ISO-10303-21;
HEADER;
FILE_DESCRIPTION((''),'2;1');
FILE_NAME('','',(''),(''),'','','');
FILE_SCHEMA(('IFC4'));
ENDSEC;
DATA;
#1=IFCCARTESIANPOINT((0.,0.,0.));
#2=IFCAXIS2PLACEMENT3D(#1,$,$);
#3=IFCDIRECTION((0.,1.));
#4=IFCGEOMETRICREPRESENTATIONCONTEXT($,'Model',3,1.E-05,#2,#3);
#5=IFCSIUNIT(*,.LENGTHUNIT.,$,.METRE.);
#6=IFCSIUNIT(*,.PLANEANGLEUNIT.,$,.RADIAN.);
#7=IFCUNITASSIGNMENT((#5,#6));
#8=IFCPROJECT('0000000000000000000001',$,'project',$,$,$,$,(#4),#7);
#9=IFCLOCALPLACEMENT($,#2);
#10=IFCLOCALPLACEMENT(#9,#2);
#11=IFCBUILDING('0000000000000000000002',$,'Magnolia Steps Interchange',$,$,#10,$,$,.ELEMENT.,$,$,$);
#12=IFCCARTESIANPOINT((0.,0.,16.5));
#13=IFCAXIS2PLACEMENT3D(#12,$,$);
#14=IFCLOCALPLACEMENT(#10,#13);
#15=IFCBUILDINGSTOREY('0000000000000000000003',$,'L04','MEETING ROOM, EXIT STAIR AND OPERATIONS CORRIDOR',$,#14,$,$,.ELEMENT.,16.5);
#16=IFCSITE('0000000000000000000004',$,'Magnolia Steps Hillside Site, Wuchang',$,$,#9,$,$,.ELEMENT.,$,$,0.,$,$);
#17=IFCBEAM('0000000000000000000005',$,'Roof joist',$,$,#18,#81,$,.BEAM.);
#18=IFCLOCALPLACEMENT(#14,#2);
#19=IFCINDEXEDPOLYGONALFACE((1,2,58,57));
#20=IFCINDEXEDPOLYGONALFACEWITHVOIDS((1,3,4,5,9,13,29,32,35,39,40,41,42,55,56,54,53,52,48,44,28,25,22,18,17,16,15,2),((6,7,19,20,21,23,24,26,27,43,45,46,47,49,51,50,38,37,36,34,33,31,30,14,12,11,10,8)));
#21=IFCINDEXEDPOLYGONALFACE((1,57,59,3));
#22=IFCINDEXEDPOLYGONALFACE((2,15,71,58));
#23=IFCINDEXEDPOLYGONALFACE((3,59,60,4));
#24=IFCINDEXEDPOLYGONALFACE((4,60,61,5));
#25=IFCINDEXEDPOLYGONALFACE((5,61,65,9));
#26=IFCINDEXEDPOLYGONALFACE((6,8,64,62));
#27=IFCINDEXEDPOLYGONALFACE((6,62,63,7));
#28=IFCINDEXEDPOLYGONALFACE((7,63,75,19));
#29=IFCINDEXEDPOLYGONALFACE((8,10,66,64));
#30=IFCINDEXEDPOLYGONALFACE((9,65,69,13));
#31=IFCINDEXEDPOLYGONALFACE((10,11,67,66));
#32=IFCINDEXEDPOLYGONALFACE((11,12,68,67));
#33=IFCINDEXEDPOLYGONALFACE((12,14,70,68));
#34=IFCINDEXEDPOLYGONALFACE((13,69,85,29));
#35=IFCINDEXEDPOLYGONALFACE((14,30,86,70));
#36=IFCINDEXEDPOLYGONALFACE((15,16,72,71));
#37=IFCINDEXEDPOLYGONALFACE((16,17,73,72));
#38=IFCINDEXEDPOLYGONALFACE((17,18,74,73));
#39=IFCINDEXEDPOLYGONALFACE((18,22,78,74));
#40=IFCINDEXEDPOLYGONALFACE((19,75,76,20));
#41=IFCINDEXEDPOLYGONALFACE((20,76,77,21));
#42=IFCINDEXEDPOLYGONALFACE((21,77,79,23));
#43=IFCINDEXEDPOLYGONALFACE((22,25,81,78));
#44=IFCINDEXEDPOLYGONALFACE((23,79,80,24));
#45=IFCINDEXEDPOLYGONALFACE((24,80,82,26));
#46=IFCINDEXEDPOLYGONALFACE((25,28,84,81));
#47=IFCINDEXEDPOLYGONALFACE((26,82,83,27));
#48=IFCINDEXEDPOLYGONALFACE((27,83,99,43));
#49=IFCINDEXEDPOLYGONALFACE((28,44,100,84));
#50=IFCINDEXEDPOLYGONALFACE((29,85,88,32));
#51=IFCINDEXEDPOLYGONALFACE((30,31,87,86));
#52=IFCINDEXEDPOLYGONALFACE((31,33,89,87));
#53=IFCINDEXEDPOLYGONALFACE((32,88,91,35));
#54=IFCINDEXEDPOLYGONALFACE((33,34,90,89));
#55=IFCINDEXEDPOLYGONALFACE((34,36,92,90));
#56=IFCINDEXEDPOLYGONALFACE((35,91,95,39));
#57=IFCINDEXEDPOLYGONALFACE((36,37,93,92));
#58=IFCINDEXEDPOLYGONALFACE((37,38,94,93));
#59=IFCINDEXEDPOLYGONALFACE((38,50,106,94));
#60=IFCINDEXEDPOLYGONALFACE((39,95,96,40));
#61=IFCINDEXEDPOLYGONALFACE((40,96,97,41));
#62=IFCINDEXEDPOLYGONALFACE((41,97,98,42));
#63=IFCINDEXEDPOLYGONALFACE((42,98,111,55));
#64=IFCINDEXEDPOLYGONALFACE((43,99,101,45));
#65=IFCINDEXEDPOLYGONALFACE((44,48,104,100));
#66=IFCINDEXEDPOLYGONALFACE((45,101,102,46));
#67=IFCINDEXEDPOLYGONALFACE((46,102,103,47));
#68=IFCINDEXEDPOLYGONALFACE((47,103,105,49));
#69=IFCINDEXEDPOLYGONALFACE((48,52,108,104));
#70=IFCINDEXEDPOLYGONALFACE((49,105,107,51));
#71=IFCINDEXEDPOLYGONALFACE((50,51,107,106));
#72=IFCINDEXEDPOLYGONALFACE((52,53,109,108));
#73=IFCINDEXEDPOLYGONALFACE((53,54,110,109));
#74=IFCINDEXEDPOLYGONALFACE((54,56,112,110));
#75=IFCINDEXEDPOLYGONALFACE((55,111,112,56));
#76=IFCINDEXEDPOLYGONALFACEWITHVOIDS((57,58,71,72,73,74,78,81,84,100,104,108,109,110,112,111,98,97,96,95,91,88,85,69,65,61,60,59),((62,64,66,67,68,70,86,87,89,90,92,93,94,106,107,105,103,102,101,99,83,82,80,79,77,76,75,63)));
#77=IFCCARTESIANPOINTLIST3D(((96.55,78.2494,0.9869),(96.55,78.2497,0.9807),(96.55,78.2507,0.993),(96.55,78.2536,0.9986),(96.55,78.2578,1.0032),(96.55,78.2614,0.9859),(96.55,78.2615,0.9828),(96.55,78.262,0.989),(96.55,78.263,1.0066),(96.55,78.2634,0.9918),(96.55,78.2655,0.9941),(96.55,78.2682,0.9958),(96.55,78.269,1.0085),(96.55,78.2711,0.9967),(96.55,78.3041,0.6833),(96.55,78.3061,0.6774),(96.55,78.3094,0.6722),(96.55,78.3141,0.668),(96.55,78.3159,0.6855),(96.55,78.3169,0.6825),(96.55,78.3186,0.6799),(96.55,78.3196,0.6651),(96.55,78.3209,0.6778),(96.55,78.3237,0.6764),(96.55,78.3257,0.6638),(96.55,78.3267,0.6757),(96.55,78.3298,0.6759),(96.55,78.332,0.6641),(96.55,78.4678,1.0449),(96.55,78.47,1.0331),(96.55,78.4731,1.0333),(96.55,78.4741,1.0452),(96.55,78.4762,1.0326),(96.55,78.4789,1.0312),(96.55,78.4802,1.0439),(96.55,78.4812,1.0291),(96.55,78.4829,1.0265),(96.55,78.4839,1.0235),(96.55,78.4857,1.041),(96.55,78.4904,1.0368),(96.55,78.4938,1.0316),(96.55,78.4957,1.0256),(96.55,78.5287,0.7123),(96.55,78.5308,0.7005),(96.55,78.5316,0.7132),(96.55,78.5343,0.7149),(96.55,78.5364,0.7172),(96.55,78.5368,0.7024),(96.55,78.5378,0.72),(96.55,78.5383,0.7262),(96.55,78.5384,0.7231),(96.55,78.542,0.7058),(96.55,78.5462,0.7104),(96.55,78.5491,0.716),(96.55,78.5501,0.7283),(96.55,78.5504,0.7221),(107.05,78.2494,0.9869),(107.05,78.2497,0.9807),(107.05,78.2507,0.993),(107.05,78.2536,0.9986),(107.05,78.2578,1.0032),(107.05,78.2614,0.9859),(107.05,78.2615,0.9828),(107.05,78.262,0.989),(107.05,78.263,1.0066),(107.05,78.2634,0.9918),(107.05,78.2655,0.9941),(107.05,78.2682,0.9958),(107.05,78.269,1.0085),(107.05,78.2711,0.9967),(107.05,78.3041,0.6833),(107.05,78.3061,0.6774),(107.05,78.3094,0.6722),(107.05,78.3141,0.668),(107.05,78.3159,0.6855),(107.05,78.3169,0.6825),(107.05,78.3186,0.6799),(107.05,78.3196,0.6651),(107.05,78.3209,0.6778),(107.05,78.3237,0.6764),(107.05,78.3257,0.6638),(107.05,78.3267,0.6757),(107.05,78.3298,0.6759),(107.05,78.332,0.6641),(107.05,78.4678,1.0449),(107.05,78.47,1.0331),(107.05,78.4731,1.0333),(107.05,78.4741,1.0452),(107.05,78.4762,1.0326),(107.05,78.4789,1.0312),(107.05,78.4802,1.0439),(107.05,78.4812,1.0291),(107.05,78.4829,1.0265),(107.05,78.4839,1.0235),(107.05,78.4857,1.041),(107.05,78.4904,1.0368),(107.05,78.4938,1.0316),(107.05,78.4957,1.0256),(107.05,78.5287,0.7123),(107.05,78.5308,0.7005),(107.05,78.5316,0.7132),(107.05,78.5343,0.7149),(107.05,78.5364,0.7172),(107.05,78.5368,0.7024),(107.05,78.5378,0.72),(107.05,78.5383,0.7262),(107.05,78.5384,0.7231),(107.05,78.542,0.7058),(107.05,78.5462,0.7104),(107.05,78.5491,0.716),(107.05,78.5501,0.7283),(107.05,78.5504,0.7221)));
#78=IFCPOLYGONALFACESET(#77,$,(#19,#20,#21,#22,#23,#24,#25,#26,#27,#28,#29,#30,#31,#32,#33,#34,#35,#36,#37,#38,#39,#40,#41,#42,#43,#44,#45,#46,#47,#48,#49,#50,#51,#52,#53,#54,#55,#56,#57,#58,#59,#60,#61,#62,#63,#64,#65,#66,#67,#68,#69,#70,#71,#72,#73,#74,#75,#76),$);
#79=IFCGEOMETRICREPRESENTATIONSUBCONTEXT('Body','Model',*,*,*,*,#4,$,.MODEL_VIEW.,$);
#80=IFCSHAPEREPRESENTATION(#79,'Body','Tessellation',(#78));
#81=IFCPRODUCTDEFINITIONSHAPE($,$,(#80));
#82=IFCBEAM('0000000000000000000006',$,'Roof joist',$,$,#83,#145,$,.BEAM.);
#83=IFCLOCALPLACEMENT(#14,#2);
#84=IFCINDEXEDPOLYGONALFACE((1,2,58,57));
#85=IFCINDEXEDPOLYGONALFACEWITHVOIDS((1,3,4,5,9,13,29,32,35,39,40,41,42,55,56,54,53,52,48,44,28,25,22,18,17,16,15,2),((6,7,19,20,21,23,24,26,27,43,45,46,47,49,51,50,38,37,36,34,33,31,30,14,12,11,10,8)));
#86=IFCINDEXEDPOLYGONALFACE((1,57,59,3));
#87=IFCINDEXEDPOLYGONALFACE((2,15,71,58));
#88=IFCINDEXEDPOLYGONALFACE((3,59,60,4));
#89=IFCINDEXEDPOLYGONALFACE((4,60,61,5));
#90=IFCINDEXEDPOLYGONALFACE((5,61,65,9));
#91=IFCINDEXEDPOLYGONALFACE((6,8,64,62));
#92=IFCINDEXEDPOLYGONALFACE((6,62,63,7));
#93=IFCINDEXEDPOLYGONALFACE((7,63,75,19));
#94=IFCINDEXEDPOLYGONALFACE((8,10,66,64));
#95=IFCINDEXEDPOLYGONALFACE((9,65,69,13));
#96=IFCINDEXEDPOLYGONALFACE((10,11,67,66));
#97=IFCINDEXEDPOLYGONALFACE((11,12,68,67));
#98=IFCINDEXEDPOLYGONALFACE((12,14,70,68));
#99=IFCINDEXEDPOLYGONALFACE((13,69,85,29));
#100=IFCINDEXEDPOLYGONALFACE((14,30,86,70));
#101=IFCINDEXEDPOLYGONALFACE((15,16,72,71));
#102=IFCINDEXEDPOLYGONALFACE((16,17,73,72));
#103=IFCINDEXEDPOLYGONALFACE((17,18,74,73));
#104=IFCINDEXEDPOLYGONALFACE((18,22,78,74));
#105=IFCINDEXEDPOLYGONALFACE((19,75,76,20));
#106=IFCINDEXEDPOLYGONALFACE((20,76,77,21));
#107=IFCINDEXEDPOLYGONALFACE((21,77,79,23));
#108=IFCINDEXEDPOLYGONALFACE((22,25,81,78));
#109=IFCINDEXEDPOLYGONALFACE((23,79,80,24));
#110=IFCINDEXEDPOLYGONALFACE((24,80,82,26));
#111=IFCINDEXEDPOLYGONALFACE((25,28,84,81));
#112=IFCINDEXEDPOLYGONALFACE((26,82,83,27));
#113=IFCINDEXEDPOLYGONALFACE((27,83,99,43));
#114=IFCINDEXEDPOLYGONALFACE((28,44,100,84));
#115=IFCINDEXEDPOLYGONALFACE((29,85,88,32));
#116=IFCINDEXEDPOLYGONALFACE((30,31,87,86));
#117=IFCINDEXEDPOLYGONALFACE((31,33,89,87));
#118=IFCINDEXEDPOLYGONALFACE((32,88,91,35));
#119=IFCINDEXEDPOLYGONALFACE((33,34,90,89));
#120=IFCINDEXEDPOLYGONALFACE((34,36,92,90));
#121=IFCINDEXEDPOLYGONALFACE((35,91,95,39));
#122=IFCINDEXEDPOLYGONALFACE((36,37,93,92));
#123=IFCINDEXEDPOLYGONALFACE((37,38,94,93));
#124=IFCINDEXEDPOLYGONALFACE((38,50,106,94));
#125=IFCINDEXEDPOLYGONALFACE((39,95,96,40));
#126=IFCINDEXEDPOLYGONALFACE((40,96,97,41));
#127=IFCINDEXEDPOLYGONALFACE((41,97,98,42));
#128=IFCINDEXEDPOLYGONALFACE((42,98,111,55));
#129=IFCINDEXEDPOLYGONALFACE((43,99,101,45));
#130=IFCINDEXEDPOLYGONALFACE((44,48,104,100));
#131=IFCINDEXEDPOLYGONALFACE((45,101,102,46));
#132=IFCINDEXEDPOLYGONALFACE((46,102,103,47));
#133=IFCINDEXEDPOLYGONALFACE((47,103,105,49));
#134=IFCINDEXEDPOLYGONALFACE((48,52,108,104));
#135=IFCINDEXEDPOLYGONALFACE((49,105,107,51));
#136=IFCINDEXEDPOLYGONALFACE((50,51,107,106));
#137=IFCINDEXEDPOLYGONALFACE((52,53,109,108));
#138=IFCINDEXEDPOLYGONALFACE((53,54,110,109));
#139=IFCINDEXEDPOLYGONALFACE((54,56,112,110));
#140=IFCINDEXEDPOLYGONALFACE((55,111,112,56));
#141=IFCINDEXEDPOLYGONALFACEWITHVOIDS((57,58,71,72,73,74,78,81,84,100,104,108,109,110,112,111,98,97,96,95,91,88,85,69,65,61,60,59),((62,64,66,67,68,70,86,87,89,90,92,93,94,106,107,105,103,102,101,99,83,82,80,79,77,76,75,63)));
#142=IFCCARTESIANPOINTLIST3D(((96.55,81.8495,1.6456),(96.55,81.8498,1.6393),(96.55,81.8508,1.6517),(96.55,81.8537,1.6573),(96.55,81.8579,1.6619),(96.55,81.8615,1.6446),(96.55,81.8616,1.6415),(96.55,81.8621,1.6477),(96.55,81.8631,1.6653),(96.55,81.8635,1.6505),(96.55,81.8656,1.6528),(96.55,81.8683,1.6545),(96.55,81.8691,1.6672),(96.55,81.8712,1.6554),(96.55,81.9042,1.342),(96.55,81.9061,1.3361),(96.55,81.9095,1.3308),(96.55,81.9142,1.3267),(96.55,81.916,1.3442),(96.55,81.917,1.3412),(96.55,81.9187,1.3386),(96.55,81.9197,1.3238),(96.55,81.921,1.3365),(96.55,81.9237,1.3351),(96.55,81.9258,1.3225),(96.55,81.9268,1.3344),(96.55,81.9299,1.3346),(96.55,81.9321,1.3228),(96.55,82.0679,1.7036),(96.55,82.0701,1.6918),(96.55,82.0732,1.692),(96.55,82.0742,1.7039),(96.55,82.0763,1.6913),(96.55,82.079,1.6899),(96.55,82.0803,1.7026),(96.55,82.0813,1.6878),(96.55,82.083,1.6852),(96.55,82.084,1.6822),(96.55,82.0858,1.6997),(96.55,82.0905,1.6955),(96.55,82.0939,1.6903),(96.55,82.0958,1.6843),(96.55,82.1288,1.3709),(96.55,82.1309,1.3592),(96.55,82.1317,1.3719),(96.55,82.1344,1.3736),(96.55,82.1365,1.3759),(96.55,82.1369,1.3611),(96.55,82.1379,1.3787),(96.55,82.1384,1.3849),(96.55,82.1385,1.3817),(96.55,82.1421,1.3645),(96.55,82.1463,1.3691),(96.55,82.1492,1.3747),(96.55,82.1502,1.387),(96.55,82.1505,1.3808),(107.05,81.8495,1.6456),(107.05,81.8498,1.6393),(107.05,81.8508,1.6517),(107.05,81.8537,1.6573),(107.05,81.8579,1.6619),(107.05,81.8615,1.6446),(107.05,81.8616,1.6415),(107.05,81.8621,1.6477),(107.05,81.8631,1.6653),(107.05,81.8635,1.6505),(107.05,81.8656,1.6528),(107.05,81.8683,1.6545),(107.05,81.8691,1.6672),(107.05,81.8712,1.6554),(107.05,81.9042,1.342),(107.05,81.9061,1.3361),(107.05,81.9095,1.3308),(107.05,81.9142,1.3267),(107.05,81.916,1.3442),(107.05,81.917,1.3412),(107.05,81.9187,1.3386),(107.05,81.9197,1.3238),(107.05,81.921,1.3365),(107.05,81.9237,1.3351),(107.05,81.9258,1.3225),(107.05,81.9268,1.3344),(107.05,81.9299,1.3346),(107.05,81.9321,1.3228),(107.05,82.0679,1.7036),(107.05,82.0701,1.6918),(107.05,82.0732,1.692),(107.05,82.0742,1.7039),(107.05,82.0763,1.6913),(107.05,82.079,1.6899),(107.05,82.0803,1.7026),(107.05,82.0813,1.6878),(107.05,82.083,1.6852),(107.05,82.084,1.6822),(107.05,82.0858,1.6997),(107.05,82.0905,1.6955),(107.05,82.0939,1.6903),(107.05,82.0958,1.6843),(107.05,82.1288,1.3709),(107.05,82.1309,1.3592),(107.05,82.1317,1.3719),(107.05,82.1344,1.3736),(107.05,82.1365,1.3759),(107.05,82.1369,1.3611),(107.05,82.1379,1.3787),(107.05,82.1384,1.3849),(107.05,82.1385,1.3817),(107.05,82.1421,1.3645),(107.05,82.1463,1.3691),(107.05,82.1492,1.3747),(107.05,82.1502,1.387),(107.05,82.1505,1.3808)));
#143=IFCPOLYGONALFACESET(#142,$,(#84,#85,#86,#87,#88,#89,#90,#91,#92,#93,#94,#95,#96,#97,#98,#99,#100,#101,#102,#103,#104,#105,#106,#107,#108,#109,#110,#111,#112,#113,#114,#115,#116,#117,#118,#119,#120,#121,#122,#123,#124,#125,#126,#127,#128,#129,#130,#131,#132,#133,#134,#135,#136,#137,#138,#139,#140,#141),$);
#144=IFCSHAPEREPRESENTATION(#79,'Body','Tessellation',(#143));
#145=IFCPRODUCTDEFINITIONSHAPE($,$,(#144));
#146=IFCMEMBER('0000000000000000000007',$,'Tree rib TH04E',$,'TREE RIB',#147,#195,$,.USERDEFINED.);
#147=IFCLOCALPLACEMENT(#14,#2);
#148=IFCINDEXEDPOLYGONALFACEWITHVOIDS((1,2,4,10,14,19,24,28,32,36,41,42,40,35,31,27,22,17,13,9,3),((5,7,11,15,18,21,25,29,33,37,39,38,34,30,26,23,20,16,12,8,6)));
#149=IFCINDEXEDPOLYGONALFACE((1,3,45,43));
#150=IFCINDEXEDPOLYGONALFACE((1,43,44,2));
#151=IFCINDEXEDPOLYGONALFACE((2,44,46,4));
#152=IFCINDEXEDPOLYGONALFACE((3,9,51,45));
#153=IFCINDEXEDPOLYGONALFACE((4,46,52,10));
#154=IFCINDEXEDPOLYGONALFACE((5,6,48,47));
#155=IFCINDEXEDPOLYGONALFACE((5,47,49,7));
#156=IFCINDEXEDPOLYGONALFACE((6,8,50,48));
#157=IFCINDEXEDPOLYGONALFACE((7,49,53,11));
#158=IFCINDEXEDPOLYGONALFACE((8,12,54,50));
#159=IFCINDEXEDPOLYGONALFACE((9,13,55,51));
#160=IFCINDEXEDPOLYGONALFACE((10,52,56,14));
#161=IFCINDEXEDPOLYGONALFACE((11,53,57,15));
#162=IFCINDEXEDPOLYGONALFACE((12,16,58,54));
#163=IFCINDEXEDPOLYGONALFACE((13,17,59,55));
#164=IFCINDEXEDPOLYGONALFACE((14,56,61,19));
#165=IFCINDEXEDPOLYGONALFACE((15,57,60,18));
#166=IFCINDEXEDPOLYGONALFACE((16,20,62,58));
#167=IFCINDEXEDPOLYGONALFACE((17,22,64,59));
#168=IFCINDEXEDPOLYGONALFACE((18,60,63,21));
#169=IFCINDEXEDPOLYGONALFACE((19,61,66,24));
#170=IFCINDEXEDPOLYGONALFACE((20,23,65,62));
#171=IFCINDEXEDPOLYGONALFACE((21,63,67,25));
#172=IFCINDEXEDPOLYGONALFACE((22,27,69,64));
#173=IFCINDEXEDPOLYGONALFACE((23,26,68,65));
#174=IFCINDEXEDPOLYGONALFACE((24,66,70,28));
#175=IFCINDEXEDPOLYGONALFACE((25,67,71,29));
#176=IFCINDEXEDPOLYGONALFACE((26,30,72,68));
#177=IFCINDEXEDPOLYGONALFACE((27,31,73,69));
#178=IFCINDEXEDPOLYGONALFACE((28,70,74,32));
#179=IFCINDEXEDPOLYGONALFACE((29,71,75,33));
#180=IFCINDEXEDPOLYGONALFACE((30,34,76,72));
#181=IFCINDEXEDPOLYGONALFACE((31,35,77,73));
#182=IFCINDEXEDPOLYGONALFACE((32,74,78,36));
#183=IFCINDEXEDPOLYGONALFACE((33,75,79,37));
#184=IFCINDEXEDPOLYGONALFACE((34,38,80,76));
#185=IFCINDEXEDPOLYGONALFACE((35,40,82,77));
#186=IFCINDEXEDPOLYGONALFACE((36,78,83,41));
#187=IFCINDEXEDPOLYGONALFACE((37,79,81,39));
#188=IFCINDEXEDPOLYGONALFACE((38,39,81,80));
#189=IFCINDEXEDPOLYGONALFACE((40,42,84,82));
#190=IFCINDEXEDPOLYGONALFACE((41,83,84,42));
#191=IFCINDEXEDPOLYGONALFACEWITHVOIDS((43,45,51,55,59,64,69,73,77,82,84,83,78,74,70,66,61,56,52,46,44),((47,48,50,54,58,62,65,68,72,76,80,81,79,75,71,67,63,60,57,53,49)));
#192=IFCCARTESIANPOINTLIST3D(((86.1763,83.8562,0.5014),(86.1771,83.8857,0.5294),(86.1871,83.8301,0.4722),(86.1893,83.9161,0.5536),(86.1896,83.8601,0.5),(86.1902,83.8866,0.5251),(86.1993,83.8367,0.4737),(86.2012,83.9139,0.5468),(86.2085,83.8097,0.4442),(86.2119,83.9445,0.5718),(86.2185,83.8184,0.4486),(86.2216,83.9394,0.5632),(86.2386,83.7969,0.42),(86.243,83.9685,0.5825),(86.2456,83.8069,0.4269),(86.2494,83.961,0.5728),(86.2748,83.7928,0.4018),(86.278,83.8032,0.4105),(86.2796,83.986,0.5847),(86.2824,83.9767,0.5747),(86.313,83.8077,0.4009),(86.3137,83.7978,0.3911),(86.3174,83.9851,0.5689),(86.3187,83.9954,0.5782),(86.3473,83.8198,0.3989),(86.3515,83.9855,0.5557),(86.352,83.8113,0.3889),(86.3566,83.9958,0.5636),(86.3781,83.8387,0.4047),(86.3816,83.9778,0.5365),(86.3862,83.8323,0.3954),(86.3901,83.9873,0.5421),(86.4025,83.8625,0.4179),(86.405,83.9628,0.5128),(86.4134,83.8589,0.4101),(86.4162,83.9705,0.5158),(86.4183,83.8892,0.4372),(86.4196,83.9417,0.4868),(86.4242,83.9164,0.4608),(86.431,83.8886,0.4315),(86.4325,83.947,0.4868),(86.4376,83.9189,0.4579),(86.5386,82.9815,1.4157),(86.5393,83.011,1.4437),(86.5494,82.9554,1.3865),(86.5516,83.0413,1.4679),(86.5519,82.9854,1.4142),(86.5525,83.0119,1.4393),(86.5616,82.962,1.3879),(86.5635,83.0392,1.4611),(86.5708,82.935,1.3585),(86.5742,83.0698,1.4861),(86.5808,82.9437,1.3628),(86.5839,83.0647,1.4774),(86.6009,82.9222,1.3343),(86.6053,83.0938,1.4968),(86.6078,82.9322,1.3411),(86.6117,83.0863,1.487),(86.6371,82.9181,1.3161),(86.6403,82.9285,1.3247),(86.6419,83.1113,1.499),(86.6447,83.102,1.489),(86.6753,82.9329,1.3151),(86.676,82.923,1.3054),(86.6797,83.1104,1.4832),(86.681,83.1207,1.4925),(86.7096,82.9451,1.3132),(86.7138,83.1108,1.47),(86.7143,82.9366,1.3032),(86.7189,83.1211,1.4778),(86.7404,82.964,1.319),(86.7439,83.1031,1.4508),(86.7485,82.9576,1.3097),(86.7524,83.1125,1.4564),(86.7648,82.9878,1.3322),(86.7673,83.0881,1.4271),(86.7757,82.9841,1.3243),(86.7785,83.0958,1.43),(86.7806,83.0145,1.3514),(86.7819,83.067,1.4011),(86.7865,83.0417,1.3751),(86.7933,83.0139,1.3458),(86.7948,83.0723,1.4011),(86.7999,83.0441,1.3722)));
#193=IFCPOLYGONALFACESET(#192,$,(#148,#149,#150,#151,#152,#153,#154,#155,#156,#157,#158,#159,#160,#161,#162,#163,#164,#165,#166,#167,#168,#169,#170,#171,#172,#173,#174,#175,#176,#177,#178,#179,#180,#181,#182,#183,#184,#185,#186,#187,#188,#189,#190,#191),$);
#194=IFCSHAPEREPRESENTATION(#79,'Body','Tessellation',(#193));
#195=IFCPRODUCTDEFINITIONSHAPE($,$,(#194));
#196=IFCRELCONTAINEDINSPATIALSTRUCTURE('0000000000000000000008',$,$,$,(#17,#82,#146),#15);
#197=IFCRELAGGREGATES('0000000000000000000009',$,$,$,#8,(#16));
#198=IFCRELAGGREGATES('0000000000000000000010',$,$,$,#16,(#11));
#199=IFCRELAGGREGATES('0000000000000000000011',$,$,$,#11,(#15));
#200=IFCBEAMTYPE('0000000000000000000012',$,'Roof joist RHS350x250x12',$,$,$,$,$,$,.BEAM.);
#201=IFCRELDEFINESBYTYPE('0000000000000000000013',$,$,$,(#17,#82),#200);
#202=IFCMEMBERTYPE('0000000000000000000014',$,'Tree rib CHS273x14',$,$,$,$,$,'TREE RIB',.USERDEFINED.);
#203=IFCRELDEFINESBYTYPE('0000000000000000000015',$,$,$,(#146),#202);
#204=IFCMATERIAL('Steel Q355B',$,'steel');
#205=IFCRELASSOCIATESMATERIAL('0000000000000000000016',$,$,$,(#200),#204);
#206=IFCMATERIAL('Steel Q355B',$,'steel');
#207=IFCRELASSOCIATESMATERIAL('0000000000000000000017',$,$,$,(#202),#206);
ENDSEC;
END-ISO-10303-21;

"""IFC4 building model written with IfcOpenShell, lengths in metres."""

from ifc_helpers import new_model, si_unit, direction, frame, origin, origin_2d, place, context, subcontext, project, spatial, hollow_rectangle, hollow_circle, extrude, material, material_profile, profile_set, type_object, element, save


model = new_model("IFC4")

# Units and contexts
model_context = context("Model", 3, precision=1e-05, world=origin(), true_north=direction((0.0, 1.0)))
body_context = subcontext(model_context, "Body", "Model", "MODEL_VIEW")
ifc_project = project(units=[si_unit("LENGTHUNIT", "METRE"), si_unit("PLANEANGLEUNIT", "RADIAN")], contexts=[model_context])

# Site, building, storey
site_placement = place(None, origin())
site = spatial("IfcSite", under=ifc_project, at=site_placement, Name="Magnolia Steps Hillside Site, Wuchang", CompositionType="ELEMENT", RefElevation=0.0)
building_placement = place(site_placement, origin())
building = spatial("IfcBuilding", under=site, at=building_placement, Name="Magnolia Steps Interchange", CompositionType="ELEMENT")
storey_placement = place(building_placement, frame((0.0, 0.0, 16.5)))
storey = spatial("IfcBuildingStorey", under=building, at=storey_placement, Name="L04", Description="MEETING ROOM, EXIT STAIR AND OPERATIONS CORRIDOR", CompositionType="ELEMENT", Elevation=16.5)

# Beams
ifc_material_1 = material(Name="Steel Q355B", Category="steel")
ifc_material_profile_1 = material_profile(ifc_material_1, hollow_rectangle(XDim=0.25, YDim=0.3501, WallThickness=0.012, InnerFilletRadius=0.012, OuterFilletRadius=0.0239, at=origin_2d()), Name="RHS350x250x12")
ifc_profile_set_1 = profile_set([ifc_material_profile_1], Name="Steel Q355B")
beam_type_1 = type_object("IfcBeamType", Name="Roof joist RHS350x250x12", PredefinedType="BEAM", material=ifc_profile_set_1)
for number, where, z_axis, x_axis, name in (
    (1, (96.55, 78.3999, 0.8545), (1.0, 0.0, 0.0), (0.0, 0.983677, 0.179941), "Roof joist"),
    (2, (96.55, 82.0, 1.5132), (1.0, 0.0, 0.0), (0.0, 0.983677, 0.179941), "Roof joist"),
):
    element("IfcBeam", number, at=place(storey_placement, frame(where, z_axis=z_axis, x_axis=x_axis)), inside=storey, type_object=beam_type_1, Name=name, PredefinedType="BEAM", context=body_context, shape_type="SweptSolid", body=[
        extrude(hollow_rectangle(XDim=0.25, YDim=0.3501, WallThickness=0.012, InnerFilletRadius=0.012, OuterFilletRadius=0.0239, at=origin_2d()), origin(), (0.0, 0.0, 1.0), 10.5),
    ])

# Member
ifc_material_2 = material(Name="Steel Q355B", Category="steel")
ifc_material_profile_2 = material_profile(ifc_material_2, hollow_circle(Radius=0.1365, WallThickness=0.0139, at=origin_2d()), Name="CHS273x14")
ifc_profile_set_2 = profile_set([ifc_material_profile_2], Name="Steel Q355B")
member_type_1 = type_object("IfcMemberType", Name="Tree rib CHS273x14", ElementType="TREE RIB", PredefinedType="USERDEFINED", material=ifc_profile_set_2)
for number, where, z_axis, x_axis, name in (
    (3, (86.3064, 83.8948, 0.4868), (0.275263, -0.6646, 0.694649), (0.923891, 0.382655, 0.0), "Tree rib TH04E"),
):
    element("IfcMember", number, at=place(storey_placement, frame(where, z_axis=z_axis, x_axis=x_axis)), inside=storey, type_object=member_type_1, Name=name, ObjectType="TREE RIB", PredefinedType="USERDEFINED", context=body_context, shape_type="SweptSolid", body=[
        extrude(hollow_circle(Radius=0.1365, WallThickness=0.0139, at=origin_2d()), origin(), (0.0, 0.0, 1.0), 1.3162),
    ])

save(model, "model.ifc")
